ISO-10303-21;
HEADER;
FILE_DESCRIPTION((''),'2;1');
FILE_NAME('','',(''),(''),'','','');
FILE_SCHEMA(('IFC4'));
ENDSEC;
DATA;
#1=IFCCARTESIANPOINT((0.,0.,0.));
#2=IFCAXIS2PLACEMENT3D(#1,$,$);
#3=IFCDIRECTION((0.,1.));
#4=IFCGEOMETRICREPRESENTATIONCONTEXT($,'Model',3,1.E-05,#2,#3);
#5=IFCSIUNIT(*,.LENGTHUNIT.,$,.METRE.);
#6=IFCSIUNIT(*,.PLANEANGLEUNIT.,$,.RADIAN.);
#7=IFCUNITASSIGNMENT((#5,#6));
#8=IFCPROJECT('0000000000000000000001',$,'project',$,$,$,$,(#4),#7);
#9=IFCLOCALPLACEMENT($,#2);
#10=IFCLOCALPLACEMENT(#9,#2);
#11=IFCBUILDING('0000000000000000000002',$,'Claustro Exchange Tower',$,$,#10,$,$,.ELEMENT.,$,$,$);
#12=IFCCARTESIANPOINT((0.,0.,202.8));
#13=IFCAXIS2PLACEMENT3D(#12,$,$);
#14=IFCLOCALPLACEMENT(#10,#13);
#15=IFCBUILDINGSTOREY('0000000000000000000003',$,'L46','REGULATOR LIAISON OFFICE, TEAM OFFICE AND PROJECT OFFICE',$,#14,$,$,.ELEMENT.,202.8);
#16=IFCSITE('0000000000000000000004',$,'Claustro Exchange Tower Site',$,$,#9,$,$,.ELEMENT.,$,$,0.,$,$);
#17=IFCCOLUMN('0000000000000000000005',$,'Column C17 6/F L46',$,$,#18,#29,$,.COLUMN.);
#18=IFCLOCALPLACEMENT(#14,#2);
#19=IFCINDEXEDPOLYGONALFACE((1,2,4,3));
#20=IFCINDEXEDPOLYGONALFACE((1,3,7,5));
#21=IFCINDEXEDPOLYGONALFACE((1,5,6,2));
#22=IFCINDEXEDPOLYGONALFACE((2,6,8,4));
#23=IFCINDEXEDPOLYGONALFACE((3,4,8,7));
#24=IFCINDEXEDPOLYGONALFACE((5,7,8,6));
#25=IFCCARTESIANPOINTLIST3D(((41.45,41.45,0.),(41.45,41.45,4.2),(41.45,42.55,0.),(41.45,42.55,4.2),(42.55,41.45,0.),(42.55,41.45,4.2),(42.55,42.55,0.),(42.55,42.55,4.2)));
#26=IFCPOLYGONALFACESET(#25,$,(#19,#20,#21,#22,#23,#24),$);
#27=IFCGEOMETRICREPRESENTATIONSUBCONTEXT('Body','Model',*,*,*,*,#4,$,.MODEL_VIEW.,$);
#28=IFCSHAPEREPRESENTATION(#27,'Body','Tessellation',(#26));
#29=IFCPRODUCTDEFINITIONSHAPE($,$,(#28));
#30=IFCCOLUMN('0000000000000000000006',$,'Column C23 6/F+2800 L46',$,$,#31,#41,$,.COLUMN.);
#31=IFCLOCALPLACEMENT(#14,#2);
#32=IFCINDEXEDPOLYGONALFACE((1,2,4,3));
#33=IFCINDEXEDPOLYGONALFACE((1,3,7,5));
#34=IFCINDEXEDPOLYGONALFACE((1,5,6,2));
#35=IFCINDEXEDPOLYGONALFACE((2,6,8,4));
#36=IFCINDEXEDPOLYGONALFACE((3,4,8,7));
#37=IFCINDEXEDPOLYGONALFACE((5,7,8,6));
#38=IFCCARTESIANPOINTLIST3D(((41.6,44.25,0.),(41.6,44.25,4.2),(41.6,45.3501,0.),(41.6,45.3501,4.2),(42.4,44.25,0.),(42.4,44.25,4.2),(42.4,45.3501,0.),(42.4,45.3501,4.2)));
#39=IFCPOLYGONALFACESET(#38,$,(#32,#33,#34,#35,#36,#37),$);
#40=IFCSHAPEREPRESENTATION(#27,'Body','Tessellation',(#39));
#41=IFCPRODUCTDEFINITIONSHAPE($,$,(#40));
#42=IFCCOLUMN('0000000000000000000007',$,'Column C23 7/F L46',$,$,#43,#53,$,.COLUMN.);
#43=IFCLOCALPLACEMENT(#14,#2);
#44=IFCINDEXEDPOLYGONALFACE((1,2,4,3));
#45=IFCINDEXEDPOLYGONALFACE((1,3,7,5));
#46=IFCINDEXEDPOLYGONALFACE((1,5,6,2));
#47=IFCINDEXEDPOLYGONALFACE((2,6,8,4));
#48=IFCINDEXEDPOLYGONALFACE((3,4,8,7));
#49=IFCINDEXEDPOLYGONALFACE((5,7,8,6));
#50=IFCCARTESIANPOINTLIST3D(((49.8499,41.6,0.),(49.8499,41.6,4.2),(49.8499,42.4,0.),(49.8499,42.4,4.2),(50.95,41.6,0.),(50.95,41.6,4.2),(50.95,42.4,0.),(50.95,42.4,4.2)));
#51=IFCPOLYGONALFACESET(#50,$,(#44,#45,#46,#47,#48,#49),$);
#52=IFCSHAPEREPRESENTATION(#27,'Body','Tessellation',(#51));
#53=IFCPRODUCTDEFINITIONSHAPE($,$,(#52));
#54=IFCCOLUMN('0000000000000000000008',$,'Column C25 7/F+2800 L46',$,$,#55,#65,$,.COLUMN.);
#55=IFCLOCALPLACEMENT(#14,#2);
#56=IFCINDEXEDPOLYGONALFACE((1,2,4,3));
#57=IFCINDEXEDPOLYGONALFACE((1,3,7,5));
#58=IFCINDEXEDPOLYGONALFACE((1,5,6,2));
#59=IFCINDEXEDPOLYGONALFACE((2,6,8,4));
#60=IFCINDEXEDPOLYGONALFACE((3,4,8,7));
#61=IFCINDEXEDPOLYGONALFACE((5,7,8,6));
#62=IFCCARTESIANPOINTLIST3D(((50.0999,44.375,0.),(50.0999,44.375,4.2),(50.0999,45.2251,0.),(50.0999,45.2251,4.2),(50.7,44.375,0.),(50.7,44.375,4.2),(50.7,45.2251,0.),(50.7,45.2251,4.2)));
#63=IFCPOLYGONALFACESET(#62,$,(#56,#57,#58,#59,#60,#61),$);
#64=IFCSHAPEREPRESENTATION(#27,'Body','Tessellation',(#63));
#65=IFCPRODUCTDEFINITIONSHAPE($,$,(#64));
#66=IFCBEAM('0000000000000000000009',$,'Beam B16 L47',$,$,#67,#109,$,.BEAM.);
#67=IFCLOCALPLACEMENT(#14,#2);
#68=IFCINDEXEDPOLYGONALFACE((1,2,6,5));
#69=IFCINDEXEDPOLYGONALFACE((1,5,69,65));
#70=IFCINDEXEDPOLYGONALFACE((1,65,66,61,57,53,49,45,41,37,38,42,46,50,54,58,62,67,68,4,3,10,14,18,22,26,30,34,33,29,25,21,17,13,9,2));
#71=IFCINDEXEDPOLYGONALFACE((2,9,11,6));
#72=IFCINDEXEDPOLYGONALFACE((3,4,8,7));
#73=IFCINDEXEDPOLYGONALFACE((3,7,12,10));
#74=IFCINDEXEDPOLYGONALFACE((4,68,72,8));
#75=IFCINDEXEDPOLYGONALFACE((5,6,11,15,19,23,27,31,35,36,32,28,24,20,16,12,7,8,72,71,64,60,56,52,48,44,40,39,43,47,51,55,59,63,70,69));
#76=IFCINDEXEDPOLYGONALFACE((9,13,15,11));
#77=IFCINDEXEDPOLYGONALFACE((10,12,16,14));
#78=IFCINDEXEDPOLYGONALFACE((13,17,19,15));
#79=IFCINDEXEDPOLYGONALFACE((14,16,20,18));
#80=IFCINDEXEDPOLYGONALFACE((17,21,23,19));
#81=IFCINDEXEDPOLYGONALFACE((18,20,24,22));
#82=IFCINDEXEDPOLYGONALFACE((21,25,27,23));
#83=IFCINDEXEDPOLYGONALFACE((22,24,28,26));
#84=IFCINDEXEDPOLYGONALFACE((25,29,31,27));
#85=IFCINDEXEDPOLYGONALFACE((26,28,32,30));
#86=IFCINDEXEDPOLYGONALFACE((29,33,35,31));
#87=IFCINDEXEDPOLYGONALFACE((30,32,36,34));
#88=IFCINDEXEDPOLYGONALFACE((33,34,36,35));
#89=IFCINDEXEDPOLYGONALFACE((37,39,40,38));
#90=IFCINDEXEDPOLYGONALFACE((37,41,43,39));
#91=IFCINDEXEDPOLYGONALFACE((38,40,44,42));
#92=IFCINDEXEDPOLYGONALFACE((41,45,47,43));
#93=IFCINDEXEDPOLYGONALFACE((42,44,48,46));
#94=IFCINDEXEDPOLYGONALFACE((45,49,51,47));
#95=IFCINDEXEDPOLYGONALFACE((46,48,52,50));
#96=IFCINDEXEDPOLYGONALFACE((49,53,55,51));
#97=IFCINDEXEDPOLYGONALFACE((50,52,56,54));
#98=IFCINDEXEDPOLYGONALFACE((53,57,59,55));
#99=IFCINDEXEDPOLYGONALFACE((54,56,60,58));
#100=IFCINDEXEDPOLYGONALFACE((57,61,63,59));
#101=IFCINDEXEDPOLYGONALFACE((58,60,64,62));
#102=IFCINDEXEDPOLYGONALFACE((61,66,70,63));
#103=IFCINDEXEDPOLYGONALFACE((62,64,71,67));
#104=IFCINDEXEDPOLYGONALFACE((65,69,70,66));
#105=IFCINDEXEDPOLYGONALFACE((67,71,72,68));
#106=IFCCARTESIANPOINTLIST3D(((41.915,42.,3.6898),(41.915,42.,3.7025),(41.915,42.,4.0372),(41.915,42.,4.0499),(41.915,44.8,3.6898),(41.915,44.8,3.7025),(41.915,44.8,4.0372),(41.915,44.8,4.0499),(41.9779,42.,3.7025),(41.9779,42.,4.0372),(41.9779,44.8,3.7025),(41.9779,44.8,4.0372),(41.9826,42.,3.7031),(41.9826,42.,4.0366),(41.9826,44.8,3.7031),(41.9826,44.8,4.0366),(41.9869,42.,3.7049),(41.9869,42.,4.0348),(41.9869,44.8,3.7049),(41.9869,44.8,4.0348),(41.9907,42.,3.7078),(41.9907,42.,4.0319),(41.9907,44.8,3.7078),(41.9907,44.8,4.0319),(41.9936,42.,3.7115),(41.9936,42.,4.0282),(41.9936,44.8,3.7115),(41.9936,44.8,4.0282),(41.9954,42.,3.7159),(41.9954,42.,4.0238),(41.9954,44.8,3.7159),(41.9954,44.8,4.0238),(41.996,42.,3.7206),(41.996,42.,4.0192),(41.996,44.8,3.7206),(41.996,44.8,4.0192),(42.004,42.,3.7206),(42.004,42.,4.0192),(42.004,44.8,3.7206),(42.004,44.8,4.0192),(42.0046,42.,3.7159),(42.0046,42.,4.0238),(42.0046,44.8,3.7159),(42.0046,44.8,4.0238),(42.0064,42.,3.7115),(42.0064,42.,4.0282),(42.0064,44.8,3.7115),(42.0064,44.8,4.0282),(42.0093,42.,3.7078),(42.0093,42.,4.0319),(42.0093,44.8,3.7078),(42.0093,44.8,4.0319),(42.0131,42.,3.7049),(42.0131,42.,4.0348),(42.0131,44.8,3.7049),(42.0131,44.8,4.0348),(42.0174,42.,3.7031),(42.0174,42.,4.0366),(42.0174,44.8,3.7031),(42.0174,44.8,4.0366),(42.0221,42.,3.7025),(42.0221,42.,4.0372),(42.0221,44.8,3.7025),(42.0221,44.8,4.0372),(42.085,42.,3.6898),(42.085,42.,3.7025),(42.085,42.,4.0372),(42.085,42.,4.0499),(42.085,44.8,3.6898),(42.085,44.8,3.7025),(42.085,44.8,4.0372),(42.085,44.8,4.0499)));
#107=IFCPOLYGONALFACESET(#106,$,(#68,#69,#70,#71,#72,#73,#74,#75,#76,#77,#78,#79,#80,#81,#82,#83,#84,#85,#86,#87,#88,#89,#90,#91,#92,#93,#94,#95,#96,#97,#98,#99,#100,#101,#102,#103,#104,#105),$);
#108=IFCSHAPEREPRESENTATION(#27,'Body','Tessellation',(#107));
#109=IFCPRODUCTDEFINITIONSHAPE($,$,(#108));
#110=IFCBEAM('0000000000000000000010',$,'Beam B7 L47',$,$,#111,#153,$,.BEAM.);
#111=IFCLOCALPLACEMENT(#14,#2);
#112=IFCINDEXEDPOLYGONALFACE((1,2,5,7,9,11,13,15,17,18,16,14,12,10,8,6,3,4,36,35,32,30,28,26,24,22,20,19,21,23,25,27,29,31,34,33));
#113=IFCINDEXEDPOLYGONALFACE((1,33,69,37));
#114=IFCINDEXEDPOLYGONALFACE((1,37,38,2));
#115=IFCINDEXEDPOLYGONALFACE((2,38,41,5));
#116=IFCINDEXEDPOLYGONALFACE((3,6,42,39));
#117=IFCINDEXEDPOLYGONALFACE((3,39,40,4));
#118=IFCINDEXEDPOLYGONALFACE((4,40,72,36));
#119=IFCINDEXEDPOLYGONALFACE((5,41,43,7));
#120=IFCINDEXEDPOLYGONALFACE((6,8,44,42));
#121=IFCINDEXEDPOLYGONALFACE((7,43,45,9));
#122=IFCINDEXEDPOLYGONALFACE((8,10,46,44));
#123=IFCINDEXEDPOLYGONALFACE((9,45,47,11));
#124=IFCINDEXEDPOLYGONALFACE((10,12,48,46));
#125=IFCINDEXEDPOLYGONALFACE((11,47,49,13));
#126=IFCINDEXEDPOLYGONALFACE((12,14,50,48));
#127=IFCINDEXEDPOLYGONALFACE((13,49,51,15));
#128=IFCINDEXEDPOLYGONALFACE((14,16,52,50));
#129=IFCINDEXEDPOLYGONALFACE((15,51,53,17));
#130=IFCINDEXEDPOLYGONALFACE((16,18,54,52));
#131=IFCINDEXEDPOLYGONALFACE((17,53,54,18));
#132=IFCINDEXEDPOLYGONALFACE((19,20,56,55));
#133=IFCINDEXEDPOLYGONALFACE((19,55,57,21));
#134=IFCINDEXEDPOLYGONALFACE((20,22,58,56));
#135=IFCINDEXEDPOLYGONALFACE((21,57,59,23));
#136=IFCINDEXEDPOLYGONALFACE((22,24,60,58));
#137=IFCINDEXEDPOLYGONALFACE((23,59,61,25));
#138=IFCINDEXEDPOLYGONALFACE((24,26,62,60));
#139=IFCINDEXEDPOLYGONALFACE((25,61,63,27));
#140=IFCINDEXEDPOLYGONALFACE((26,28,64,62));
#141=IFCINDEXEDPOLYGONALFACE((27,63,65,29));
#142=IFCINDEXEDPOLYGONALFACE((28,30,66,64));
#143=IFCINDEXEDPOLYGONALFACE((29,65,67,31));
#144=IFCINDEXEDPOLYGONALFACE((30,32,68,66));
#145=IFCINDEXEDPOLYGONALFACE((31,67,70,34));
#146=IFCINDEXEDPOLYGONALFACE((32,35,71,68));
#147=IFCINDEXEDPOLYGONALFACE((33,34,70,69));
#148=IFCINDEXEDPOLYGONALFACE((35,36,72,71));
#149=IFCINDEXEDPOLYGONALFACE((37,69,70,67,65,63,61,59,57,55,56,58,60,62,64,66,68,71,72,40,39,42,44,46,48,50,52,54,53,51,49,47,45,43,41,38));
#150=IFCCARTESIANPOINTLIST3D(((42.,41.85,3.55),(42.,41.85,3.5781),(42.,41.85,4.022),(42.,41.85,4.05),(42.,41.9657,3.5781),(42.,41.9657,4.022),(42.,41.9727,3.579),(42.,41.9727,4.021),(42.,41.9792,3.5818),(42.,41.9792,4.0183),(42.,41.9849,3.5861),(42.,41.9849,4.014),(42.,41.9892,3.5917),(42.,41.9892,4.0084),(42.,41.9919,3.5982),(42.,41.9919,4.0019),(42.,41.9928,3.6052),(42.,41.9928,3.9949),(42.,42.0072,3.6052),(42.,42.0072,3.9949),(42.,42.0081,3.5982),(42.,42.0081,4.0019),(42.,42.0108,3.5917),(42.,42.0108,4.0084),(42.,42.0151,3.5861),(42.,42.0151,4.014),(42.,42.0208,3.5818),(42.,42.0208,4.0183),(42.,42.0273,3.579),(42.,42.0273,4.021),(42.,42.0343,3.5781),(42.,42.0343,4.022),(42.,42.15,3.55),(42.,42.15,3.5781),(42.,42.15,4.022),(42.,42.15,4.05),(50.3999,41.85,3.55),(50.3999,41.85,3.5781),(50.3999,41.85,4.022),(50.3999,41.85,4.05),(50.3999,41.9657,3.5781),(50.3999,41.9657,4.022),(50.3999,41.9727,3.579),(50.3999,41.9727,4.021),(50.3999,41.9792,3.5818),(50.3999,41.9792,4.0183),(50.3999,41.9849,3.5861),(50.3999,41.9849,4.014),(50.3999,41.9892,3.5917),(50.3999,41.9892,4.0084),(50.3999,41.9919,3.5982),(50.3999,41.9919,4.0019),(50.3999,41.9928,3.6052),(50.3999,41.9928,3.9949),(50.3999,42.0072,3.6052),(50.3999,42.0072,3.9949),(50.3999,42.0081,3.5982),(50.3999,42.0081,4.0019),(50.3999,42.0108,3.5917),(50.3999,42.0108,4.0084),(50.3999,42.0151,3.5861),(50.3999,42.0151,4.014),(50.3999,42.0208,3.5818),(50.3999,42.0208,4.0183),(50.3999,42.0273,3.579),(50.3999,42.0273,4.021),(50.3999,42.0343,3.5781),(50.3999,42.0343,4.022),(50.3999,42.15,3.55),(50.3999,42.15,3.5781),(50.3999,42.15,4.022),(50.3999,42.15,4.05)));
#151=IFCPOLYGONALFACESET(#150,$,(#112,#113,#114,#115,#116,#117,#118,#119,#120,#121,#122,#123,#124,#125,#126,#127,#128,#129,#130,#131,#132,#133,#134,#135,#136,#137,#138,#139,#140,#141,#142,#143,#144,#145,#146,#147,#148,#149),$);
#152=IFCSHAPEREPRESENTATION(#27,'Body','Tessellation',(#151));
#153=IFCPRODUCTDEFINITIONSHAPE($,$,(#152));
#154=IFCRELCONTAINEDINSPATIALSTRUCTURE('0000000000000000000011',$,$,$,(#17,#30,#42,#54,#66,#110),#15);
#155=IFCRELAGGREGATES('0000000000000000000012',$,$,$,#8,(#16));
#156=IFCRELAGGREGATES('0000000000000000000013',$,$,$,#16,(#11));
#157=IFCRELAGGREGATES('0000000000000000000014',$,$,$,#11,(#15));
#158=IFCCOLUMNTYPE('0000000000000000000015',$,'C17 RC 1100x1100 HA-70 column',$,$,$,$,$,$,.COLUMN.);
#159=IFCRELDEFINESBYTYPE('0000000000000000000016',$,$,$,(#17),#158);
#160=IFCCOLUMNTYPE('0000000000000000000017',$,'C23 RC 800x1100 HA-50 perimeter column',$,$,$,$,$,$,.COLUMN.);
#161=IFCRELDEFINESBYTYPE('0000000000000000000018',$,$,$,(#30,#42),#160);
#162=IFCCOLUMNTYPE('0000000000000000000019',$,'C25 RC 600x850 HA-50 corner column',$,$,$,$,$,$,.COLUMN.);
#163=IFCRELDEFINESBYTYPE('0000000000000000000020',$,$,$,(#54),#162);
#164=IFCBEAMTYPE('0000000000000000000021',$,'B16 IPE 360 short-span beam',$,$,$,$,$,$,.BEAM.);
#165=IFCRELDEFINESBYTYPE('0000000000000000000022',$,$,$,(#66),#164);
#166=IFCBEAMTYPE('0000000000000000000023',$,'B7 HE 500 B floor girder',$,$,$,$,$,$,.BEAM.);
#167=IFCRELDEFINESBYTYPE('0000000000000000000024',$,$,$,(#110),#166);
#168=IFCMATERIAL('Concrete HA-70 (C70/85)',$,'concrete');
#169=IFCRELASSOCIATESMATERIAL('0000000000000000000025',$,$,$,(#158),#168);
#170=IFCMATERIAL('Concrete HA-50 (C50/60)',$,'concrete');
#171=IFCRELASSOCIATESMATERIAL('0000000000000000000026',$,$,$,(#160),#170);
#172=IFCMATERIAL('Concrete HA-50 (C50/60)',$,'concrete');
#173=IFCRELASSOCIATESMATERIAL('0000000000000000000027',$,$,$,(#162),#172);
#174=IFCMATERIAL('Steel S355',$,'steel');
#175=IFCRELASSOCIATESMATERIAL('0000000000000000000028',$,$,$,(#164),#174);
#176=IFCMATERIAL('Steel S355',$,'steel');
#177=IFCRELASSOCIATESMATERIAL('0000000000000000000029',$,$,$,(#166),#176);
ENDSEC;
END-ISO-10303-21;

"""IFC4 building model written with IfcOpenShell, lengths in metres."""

from ifc_helpers import new_model, si_unit, direction, frame, origin, origin_2d, place, context, subcontext, project, spatial, rectangle, i_section, extrude, material, material_profile, profile_set, type_object, element, save


model = new_model("IFC4")

# Units and contexts
model_context = context("Model", 3, precision=1e-05, world=origin(), true_north=direction((0.0, 1.0)))
body_context = subcontext(model_context, "Body", "Model", "MODEL_VIEW")
ifc_project = project(units=[si_unit("LENGTHUNIT", "METRE"), si_unit("PLANEANGLEUNIT", "RADIAN")], contexts=[model_context])

# Site, building, storey
site_placement = place(None, origin())
site = spatial("IfcSite", under=ifc_project, at=site_placement, Name="Claustro Exchange Tower Site", CompositionType="ELEMENT", RefElevation=0.0)
building_placement = place(site_placement, origin())
building = spatial("IfcBuilding", under=site, at=building_placement, Name="Claustro Exchange Tower", CompositionType="ELEMENT")
storey_placement = place(building_placement, frame((0.0, 0.0, 202.8)))
storey = spatial("IfcBuildingStorey", under=building, at=storey_placement, Name="L46", Description="REGULATOR LIAISON OFFICE, TEAM OFFICE AND PROJECT OFFICE", CompositionType="ELEMENT", Elevation=202.8)

# Columns
ifc_material_1 = material(Name="Concrete HA-70 (C70/85)", Category="concrete")
ifc_material_profile_1 = material_profile(ifc_material_1, rectangle(XDim=1.1001, YDim=1.1001, at=origin_2d()), Name="RC 1100x1100")
ifc_profile_set_1 = profile_set([ifc_material_profile_1], Name="Concrete HA-70 (C70/85)")
column_type_1 = type_object("IfcColumnType", Name="C17 RC 1100x1100 HA-70 column", PredefinedType="COLUMN", material=ifc_profile_set_1)
column_1_placement = place(storey_placement, frame((42.0, 42.0, 0.0), z_axis=(0.0, 0.0, 1.0), x_axis=(1.0, 0.0, 0.0)))
element("IfcColumn", 1, at=column_1_placement, inside=storey, type_object=column_type_1, Name="Column C17 6/F L46", PredefinedType="COLUMN", context=body_context, shape_type="SweptSolid", body=[
    extrude(rectangle(XDim=1.1001, YDim=1.1001, at=origin_2d()), origin(), (0.0, 0.0, 1.0), 4.2),
])
ifc_material_2 = material(Name="Concrete HA-50 (C50/60)", Category="concrete")
ifc_material_profile_2 = material_profile(ifc_material_2, rectangle(XDim=0.8, YDim=1.1001, at=origin_2d()), Name="RC 800x1100")
ifc_profile_set_2 = profile_set([ifc_material_profile_2], Name="Concrete HA-50 (C50/60)")
column_type_2 = type_object("IfcColumnType", Name="C23 RC 800x1100 HA-50 perimeter column", PredefinedType="COLUMN", material=ifc_profile_set_2)
for number, where, z_axis, x_axis, name in (
    (2, (42.0, 44.8, 0.0), (0.0, 0.0, 1.0), (1.0, 0.0, 0.0), "Column C23 6/F+2800 L46"),
    (3, (50.3999, 42.0, 0.0), (0.0, 0.0, 1.0), (0.0, 1.0, 0.0), "Column C23 7/F L46"),
):
    element("IfcColumn", number, at=place(storey_placement, frame(where, z_axis=z_axis, x_axis=x_axis)), inside=storey, type_object=column_type_2, Name=name, PredefinedType="COLUMN", context=body_context, shape_type="SweptSolid", body=[
        extrude(rectangle(XDim=0.8, YDim=1.1001, at=origin_2d()), origin(), (0.0, 0.0, 1.0), 4.2),
    ])
ifc_material_3 = material(Name="Concrete HA-50 (C50/60)", Category="concrete")
ifc_material_profile_3 = material_profile(ifc_material_3, rectangle(XDim=0.6001, YDim=0.8501, at=origin_2d()), Name="RC 600x850")
ifc_profile_set_3 = profile_set([ifc_material_profile_3], Name="Concrete HA-50 (C50/60)")
column_type_3 = type_object("IfcColumnType", Name="C25 RC 600x850 HA-50 corner column", PredefinedType="COLUMN", material=ifc_profile_set_3)
column_2_placement = place(storey_placement, frame((50.3999, 44.8, 0.0), z_axis=(0.0, 0.0, 1.0), x_axis=(1.0, 0.0, 0.0)))
element("IfcColumn", 4, at=column_2_placement, inside=storey, type_object=column_type_3, Name="Column C25 7/F+2800 L46", PredefinedType="COLUMN", context=body_context, shape_type="SweptSolid", body=[
    extrude(rectangle(XDim=0.6001, YDim=0.8501, at=origin_2d()), origin(), (0.0, 0.0, 1.0), 4.2),
])

# Beams
ifc_material_4 = material(Name="Steel S355", Category="steel")
ifc_material_profile_4 = material_profile(ifc_material_4, i_section(OverallWidth=0.1699, OverallDepth=0.3601, WebThickness=0.0081, FlangeThickness=0.0127, FilletRadius=0.0181, at=origin_2d()), Name="IPE 360")
ifc_profile_set_4 = profile_set([ifc_material_profile_4], Name="Steel S355")
beam_type_1 = type_object("IfcBeamType", Name="B16 IPE 360 short-span beam", PredefinedType="BEAM", material=ifc_profile_set_4)
beam_1_placement = place(storey_placement, frame((42.0, 42.0, 3.8699), z_axis=(0.0, 1.0, 0.0), x_axis=(-1.0, 0.0, 0.0)))
element("IfcBeam", 5, at=beam_1_placement, inside=storey, type_object=beam_type_1, Name="Beam B16 L47", PredefinedType="BEAM", context=body_context, shape_type="SweptSolid", body=[
    extrude(i_section(OverallWidth=0.1699, OverallDepth=0.3601, WebThickness=0.0081, FlangeThickness=0.0127, FilletRadius=0.0181, at=origin_2d()), origin(), (0.0, 0.0, 1.0), 2.8),
])
ifc_material_5 = material(Name="Steel S355", Category="steel")
ifc_material_profile_5 = material_profile(ifc_material_5, i_section(OverallWidth=0.3, OverallDepth=0.5, WebThickness=0.0144, FlangeThickness=0.0281, FilletRadius=0.0271, at=origin_2d()), Name="HE 500 B")
ifc_profile_set_5 = profile_set([ifc_material_profile_5], Name="Steel S355")
beam_type_2 = type_object("IfcBeamType", Name="B7 HE 500 B floor girder", PredefinedType="BEAM", material=ifc_profile_set_5)
beam_2_placement = place(storey_placement, frame((42.0, 42.0, 3.8), z_axis=(1.0, 0.0, 0.0), x_axis=(0.0, 1.0, 0.0)))
element("IfcBeam", 6, at=beam_2_placement, inside=storey, type_object=beam_type_2, Name="Beam B7 L47", PredefinedType="BEAM", context=body_context, shape_type="SweptSolid", body=[
    extrude(i_section(OverallWidth=0.3, OverallDepth=0.5, WebThickness=0.0144, FlangeThickness=0.0281, FilletRadius=0.0271, at=origin_2d()), origin(), (0.0, 0.0, 1.0), 8.3999),
])

save(model, "model.ifc")
